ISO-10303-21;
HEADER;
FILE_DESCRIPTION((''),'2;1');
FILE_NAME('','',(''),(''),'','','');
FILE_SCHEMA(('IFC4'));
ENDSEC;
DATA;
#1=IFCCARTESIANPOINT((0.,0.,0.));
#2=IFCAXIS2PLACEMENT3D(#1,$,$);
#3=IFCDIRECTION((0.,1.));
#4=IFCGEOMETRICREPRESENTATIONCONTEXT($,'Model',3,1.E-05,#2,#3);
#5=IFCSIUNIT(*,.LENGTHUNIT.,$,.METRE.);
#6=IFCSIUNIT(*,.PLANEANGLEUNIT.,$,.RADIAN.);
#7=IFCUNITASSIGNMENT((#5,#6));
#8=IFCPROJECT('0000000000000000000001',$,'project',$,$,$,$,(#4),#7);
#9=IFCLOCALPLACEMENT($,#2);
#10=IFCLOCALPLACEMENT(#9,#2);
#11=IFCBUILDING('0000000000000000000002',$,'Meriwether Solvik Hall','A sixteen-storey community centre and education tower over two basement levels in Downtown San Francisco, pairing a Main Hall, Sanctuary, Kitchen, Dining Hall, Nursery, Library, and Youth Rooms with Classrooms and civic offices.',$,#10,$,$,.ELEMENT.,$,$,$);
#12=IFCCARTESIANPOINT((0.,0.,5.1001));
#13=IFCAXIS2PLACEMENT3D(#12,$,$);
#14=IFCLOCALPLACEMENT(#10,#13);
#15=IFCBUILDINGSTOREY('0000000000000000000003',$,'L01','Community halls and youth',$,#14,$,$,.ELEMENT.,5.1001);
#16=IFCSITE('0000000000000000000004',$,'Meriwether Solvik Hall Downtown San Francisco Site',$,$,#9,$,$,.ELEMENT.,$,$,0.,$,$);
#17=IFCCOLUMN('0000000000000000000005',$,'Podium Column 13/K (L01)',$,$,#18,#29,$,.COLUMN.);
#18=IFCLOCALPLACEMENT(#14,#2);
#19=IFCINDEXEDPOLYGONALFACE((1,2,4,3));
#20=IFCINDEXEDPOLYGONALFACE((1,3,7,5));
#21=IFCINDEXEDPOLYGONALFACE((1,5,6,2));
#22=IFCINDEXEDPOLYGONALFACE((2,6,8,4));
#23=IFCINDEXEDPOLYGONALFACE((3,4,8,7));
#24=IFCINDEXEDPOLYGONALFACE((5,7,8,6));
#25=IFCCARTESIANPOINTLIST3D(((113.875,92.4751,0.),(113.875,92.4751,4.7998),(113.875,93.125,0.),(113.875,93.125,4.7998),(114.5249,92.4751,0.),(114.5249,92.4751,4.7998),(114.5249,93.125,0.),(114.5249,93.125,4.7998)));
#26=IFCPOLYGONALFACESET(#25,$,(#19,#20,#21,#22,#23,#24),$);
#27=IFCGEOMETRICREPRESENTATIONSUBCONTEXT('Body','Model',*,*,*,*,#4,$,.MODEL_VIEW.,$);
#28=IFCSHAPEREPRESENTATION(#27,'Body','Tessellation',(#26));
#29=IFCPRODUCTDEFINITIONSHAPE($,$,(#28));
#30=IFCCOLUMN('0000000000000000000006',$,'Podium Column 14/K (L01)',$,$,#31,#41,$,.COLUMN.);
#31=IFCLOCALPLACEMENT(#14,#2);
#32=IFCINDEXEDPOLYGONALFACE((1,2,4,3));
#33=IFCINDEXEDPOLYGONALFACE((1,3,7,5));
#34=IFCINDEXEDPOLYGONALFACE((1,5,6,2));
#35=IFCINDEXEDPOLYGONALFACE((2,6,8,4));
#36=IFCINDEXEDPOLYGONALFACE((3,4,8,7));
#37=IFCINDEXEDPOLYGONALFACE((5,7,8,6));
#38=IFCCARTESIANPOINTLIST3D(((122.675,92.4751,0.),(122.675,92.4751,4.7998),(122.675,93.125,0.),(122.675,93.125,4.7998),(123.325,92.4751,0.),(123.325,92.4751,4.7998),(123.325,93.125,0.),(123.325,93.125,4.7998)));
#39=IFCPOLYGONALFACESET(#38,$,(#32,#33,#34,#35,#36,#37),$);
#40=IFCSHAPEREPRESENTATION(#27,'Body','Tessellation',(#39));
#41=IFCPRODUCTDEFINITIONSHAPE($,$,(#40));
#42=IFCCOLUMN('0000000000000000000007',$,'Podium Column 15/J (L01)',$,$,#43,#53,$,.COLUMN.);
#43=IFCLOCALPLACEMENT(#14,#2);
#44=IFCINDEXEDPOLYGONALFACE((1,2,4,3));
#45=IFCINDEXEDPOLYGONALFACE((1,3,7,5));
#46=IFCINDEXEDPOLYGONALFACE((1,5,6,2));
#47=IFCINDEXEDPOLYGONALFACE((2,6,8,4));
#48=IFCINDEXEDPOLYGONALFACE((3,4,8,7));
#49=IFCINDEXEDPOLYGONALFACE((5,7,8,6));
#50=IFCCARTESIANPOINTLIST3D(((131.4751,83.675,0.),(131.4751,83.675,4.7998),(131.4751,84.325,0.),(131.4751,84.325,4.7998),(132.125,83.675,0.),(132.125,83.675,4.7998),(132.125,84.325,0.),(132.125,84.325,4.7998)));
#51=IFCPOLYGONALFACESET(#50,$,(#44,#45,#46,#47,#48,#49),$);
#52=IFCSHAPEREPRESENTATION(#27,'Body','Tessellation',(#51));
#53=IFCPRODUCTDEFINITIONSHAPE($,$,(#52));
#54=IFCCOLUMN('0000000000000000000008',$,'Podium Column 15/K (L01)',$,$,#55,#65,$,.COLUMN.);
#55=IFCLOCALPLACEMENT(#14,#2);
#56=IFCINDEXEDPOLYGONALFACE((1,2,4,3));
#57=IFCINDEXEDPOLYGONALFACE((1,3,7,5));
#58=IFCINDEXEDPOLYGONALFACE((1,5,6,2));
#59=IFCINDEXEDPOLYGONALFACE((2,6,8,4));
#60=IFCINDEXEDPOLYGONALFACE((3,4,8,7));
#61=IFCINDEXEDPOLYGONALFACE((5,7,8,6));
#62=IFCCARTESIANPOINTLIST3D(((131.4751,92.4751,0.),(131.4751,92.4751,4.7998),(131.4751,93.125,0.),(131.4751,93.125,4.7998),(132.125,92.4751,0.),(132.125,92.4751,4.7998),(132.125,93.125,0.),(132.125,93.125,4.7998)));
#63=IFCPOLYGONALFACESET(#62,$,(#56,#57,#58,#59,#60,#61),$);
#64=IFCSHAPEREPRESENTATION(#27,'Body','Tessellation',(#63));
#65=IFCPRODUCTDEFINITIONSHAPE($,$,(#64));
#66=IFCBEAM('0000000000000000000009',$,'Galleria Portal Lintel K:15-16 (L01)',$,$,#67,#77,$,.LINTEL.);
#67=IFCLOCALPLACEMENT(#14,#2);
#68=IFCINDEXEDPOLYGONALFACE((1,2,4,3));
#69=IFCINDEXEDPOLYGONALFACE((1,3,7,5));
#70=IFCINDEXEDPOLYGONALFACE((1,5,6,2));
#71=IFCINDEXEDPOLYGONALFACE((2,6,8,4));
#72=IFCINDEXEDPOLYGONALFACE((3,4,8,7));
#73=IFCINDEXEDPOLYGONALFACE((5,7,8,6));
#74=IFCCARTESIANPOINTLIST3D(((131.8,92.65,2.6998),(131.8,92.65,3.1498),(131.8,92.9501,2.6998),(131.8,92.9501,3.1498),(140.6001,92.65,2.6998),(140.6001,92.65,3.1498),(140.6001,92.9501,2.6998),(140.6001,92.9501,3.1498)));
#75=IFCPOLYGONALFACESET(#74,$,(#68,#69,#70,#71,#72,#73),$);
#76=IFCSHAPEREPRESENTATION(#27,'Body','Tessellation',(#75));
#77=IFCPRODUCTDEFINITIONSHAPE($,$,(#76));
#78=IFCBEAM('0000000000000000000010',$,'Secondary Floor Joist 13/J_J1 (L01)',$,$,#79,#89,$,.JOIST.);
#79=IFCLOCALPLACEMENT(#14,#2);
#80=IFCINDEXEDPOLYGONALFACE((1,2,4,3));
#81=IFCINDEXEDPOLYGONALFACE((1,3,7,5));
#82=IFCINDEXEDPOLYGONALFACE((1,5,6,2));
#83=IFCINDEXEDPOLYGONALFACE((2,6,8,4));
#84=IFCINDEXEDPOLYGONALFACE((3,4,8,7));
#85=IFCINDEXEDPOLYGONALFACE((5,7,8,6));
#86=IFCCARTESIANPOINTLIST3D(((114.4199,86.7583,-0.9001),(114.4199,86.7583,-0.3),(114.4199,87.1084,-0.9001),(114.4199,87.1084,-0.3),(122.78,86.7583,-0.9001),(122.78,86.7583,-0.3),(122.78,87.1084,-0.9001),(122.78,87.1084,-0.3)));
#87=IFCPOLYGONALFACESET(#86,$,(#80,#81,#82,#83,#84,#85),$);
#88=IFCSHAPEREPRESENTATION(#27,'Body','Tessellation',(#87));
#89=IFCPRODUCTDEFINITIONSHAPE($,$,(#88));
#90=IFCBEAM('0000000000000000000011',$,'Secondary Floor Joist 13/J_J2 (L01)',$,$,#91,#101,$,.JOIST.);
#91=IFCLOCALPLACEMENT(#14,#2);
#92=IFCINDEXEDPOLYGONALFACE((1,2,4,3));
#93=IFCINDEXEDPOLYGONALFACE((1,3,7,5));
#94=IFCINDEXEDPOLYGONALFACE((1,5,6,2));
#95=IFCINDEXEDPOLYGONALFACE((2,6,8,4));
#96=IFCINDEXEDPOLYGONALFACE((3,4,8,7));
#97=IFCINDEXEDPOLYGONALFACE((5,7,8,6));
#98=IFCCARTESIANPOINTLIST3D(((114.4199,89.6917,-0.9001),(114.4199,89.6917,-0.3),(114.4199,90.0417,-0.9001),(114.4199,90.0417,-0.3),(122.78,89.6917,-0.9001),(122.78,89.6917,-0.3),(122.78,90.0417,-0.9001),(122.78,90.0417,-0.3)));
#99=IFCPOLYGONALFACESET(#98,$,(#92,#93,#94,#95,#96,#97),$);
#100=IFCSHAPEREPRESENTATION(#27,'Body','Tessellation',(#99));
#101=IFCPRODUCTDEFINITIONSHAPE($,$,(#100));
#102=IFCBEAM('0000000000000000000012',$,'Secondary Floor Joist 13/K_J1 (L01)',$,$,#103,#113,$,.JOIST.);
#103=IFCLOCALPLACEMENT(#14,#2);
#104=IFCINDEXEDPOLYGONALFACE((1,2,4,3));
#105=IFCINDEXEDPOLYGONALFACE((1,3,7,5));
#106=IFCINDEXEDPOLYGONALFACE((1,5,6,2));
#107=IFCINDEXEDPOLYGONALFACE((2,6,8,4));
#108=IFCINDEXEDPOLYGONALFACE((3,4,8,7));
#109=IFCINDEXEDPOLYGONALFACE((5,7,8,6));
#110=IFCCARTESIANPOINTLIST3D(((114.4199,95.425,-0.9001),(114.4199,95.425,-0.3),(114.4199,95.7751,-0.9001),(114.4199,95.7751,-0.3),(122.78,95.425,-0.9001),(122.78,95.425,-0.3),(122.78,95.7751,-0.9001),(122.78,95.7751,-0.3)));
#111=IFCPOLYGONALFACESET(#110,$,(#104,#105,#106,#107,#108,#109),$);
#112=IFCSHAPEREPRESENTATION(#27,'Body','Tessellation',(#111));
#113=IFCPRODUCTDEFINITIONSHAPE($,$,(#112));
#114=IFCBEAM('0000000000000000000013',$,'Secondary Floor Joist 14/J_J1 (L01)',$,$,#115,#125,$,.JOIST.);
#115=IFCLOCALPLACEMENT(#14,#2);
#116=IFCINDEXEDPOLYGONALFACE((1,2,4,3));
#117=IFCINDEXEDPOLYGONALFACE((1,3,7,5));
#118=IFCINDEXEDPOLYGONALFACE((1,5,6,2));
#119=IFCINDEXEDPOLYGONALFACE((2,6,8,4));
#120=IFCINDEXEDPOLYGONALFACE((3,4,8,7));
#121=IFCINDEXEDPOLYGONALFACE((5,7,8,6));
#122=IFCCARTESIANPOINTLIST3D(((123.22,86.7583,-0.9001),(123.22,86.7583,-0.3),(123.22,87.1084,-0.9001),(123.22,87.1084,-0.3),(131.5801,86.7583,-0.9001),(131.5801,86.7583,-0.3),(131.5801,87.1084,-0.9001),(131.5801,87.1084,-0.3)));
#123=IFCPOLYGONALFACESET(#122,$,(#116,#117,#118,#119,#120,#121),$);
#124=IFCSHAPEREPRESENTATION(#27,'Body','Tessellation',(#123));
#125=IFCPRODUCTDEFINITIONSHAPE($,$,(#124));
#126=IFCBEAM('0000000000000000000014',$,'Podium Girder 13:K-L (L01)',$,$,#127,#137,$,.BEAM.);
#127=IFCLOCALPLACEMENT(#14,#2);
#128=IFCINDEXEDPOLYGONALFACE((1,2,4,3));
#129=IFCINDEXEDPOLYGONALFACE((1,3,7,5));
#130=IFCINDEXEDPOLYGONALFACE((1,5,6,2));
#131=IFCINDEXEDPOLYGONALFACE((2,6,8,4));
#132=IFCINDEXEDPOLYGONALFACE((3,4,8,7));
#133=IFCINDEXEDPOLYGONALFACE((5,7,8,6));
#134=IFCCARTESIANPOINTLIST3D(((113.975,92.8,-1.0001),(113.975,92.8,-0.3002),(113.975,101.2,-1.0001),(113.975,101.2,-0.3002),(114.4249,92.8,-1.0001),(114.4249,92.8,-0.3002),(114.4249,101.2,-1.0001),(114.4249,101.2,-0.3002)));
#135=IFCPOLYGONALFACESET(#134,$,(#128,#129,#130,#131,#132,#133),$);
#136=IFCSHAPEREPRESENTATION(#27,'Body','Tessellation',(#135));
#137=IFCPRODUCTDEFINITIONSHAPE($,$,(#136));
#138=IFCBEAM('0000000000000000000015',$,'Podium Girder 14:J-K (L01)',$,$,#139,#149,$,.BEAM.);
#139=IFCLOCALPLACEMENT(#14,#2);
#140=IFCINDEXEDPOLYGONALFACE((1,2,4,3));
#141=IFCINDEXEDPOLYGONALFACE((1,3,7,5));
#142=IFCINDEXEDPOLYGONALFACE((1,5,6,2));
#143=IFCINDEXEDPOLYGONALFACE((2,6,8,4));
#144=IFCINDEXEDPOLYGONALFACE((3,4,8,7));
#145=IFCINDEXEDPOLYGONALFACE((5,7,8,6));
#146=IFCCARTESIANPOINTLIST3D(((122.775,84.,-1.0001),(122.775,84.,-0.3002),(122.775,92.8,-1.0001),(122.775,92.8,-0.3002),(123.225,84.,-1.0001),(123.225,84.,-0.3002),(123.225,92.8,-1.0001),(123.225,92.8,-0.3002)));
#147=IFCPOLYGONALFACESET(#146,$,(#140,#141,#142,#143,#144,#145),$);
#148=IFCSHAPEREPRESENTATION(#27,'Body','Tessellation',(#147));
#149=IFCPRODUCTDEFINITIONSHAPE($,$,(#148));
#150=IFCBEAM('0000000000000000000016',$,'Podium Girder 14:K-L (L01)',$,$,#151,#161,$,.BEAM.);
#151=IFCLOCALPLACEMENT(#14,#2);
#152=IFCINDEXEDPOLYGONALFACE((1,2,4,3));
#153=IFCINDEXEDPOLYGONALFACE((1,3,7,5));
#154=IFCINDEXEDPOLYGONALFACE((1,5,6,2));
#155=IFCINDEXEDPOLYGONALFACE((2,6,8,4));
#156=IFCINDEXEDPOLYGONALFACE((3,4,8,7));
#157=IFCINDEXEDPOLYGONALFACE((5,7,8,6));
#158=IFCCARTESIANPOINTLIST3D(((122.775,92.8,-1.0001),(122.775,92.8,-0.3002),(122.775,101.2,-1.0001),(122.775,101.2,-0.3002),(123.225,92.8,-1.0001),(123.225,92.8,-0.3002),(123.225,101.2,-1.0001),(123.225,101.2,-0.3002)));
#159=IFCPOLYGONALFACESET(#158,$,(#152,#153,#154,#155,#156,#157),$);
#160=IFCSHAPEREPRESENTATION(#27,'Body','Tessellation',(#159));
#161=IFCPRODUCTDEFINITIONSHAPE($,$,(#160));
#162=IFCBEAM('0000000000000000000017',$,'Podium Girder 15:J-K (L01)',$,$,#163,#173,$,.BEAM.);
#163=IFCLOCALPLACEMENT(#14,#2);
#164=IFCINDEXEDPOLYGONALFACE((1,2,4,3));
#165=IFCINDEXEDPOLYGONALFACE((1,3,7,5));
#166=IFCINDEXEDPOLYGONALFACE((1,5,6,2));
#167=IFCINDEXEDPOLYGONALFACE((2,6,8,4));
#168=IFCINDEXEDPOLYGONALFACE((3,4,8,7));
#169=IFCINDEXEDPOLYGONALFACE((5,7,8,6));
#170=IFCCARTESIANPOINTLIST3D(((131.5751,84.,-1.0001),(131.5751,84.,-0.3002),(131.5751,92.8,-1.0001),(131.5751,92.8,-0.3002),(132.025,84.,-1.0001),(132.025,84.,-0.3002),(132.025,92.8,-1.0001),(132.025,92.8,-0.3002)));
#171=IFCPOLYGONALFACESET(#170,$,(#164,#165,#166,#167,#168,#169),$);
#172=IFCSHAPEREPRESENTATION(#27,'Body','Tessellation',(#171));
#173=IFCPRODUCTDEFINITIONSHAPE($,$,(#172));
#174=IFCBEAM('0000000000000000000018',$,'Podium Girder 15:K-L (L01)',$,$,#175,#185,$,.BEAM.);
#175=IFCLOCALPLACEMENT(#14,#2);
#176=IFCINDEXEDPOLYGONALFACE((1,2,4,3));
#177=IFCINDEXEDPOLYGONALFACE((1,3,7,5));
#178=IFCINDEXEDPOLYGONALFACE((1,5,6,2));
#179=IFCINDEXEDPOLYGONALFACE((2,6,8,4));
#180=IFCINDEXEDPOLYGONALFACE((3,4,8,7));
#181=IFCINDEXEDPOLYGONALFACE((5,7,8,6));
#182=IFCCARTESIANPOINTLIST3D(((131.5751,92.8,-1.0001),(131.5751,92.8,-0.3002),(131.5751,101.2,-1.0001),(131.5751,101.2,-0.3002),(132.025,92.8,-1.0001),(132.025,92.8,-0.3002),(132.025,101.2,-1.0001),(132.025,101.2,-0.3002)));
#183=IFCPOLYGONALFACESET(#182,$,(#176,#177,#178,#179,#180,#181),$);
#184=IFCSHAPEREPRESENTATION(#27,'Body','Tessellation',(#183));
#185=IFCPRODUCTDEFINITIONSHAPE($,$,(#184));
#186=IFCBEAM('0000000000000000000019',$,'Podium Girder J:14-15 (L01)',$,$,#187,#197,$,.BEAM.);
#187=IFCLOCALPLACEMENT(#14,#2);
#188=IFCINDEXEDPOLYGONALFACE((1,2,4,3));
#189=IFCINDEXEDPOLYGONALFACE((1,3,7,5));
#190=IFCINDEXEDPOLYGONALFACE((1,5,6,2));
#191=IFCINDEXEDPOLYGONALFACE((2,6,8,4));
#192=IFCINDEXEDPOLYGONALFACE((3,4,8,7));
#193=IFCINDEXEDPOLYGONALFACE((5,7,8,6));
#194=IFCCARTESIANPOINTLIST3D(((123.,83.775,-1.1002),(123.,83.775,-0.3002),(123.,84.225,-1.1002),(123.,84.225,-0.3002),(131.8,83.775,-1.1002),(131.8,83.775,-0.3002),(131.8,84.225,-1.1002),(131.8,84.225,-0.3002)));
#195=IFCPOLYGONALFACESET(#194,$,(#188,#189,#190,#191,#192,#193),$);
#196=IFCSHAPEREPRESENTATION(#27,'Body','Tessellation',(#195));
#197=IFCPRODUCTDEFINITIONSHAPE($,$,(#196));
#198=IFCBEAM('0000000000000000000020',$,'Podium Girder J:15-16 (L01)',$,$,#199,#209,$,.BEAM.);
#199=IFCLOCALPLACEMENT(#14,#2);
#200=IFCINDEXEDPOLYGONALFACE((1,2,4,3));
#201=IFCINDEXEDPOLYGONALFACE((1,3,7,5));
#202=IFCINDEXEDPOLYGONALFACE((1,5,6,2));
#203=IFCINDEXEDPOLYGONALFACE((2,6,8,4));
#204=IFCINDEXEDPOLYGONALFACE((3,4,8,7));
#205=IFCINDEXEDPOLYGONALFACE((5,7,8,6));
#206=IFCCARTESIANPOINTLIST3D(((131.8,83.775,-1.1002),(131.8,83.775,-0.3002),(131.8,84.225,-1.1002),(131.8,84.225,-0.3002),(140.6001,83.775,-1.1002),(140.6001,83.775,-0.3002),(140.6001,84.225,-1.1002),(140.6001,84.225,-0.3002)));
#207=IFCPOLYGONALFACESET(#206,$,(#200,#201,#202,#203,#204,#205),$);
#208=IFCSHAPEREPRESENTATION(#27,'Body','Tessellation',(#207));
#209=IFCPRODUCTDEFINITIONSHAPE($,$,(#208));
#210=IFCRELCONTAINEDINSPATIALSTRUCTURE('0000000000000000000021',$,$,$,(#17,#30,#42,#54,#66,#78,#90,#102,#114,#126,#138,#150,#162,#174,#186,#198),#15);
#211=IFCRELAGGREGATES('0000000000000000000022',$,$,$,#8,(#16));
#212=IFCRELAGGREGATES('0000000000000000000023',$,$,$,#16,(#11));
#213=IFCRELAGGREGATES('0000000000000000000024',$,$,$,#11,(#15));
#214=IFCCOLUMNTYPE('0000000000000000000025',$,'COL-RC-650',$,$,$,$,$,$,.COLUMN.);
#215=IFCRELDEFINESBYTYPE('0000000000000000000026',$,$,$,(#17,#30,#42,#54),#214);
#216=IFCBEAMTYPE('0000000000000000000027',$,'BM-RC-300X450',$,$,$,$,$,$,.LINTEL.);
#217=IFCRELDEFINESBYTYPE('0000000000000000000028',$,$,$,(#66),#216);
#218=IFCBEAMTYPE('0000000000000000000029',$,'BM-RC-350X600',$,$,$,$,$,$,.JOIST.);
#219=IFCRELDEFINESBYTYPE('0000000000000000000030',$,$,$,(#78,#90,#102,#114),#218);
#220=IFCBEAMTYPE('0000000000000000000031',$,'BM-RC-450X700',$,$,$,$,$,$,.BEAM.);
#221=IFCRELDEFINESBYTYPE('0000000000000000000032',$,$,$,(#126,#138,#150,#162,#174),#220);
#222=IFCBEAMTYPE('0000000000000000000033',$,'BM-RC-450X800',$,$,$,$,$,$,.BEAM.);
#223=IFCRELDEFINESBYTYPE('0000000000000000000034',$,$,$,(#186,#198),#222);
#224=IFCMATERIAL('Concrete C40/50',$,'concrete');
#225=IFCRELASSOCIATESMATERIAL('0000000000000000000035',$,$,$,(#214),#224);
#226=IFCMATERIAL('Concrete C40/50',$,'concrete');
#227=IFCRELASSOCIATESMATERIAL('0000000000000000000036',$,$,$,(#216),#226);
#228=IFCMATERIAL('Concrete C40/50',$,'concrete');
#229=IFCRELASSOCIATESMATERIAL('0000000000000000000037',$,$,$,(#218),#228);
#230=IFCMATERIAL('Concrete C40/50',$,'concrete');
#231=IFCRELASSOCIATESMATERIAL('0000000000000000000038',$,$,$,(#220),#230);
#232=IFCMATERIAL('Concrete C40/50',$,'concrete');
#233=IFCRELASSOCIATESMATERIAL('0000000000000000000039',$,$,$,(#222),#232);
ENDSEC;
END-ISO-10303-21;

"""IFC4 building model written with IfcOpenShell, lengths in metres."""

from ifc_helpers import new_model, si_unit, direction, frame, origin, origin_2d, place, context, subcontext, project, spatial, rectangle, extrude, material, material_profile, profile_set, type_object, element, save


model = new_model("IFC4")

# Units and contexts
model_context = context("Model", 3, precision=1e-05, world=origin(), true_north=direction((0.0, 1.0)))
body_context = subcontext(model_context, "Body", "Model", "MODEL_VIEW")
ifc_project = project(units=[si_unit("LENGTHUNIT", "METRE"), si_unit("PLANEANGLEUNIT", "RADIAN")], contexts=[model_context])

# Site, building, storey
site_placement = place(None, origin())
site = spatial("IfcSite", under=ifc_project, at=site_placement, Name="Meriwether Solvik Hall Downtown San Francisco Site", CompositionType="ELEMENT", RefElevation=0.0)
building_placement = place(site_placement, origin())
building = spatial("IfcBuilding", under=site, at=building_placement, Name="Meriwether Solvik Hall", Description="A sixteen-storey community centre and education tower over two basement levels in Downtown San Francisco, pairing a Main Hall, Sanctuary, Kitchen, Dining Hall, Nursery, Library, and Youth Rooms with Classrooms and civic offices.", CompositionType="ELEMENT")
storey_placement = place(building_placement, frame((0.0, 0.0, 5.1001)))
storey = spatial("IfcBuildingStorey", under=building, at=storey_placement, Name="L01", Description="Community halls and youth", CompositionType="ELEMENT", Elevation=5.1001)

# Columns
ifc_material_1 = material(Name="Concrete C40/50", Category="concrete")
ifc_material_profile_1 = material_profile(ifc_material_1, rectangle(XDim=0.6499, YDim=0.6499, at=origin_2d()), Name="RCC-650X650")
ifc_profile_set_1 = profile_set([ifc_material_profile_1], Name="Concrete C40/50")
column_type = type_object("IfcColumnType", Name="COL-RC-650", PredefinedType="COLUMN", material=ifc_profile_set_1)
for number, where, z_axis, x_axis, name in (
    (1, (114.2, 92.8, 0.0), (0.0, 0.0, 1.0), (1.0, 0.0, 0.0), "Podium Column 13/K (L01)"),
    (2, (123.0, 92.8, 0.0), (0.0, 0.0, 1.0), (1.0, 0.0, 0.0), "Podium Column 14/K (L01)"),
    (3, (131.8, 84.0, 0.0), (0.0, 0.0, 1.0), (1.0, 0.0, 0.0), "Podium Column 15/J (L01)"),
    (4, (131.8, 92.8, 0.0), (0.0, 0.0, 1.0), (1.0, 0.0, 0.0), "Podium Column 15/K (L01)"),
):
    element("IfcColumn", number, at=place(storey_placement, frame(where, z_axis=z_axis, x_axis=x_axis)), inside=storey, type_object=column_type, Name=name, PredefinedType="COLUMN", context=body_context, shape_type="SweptSolid", body=[
        extrude(rectangle(XDim=0.6499, YDim=0.6499, at=origin_2d()), origin(), (0.0, 0.0, 1.0), 4.7998),
    ])

# Beams
ifc_material_2 = material(Name="Concrete C40/50", Category="concrete")
ifc_material_profile_2 = material_profile(ifc_material_2, rectangle(XDim=0.3, YDim=0.45, at=origin_2d()), Name="RCB-300X450")
ifc_profile_set_2 = profile_set([ifc_material_profile_2], Name="Concrete C40/50")
beam_type_1 = type_object("IfcBeamType", Name="BM-RC-300X450", PredefinedType="LINTEL", material=ifc_profile_set_2)
beam_1_placement = place(storey_placement, frame((131.8, 92.8, 2.9248), z_axis=(1.0, 0.0, 0.0), x_axis=(0.0, 1.0, 0.0)))
element("IfcBeam", 5, at=beam_1_placement, inside=storey, type_object=beam_type_1, Name="Galleria Portal Lintel K:15-16 (L01)", PredefinedType="LINTEL", context=body_context, shape_type="SweptSolid", body=[
    extrude(rectangle(XDim=0.3, YDim=0.45, at=origin_2d()), origin(), (0.0, 0.0, 1.0), 8.8),
])
ifc_material_3 = material(Name="Concrete C40/50", Category="concrete")
ifc_material_profile_3 = material_profile(ifc_material_3, rectangle(XDim=0.3501, YDim=0.6001, at=origin_2d()), Name="RCB-350X600")
ifc_profile_set_3 = profile_set([ifc_material_profile_3], Name="Concrete C40/50")
beam_type_2 = type_object("IfcBeamType", Name="BM-RC-350X600", PredefinedType="JOIST", material=ifc_profile_set_3)
for number, where, z_axis, x_axis, name in (
    (6, (114.4199, 86.9333, -0.6001), (1.0, 0.0, 0.0), (0.0, 1.0, 0.0), "Secondary Floor Joist 13/J_J1 (L01)"),
    (7, (114.4199, 89.8667, -0.6001), (1.0, 0.0, 0.0), (0.0, 1.0, 0.0), "Secondary Floor Joist 13/J_J2 (L01)"),
    (8, (114.4199, 95.6001, -0.6001), (1.0, 0.0, 0.0), (0.0, 1.0, 0.0), "Secondary Floor Joist 13/K_J1 (L01)"),
    (9, (123.22, 86.9333, -0.6001), (1.0, 0.0, 0.0), (0.0, 1.0, 0.0), "Secondary Floor Joist 14/J_J1 (L01)"),
):
    element("IfcBeam", number, at=place(storey_placement, frame(where, z_axis=z_axis, x_axis=x_axis)), inside=storey, type_object=beam_type_2, Name=name, PredefinedType="JOIST", context=body_context, shape_type="SweptSolid", body=[
        extrude(rectangle(XDim=0.3501, YDim=0.6001, at=origin_2d()), origin(), (0.0, 0.0, 1.0), 8.3601),
    ])
ifc_material_4 = material(Name="Concrete C40/50", Category="concrete")
ifc_material_profile_4 = material_profile(ifc_material_4, rectangle(XDim=0.45, YDim=0.7, at=origin_2d()), Name="RCB-450X700")
ifc_profile_set_4 = profile_set([ifc_material_profile_4], Name="Concrete C40/50")
beam_type_3 = type_object("IfcBeamType", Name="BM-RC-450X700", PredefinedType="BEAM", material=ifc_profile_set_4)
beam_2_placement = place(storey_placement, frame((114.2, 92.8, -0.6501), z_axis=(0.0, 1.0, 0.0), x_axis=(-1.0, 0.0, 0.0)))
element("IfcBeam", 10, at=beam_2_placement, inside=storey, type_object=beam_type_3, Name="Podium Girder 13:K-L (L01)", PredefinedType="BEAM", context=body_context, shape_type="SweptSolid", body=[
    extrude(rectangle(XDim=0.45, YDim=0.7, at=origin_2d()), origin(), (0.0, 0.0, 1.0), 8.3999),
])
beam_3_placement = place(storey_placement, frame((123.0, 84.0, -0.6501), z_axis=(0.0, 1.0, 0.0), x_axis=(-1.0, 0.0, 0.0)))
element("IfcBeam", 11, at=beam_3_placement, inside=storey, type_object=beam_type_3, Name="Podium Girder 14:J-K (L01)", PredefinedType="BEAM", context=body_context, shape_type="SweptSolid", body=[
    extrude(rectangle(XDim=0.45, YDim=0.7, at=origin_2d()), origin(), (0.0, 0.0, 1.0), 8.8),
])
beam_4_placement = place(storey_placement, frame((123.0, 92.8, -0.6501), z_axis=(0.0, 1.0, 0.0), x_axis=(-1.0, 0.0, 0.0)))
element("IfcBeam", 12, at=beam_4_placement, inside=storey, type_object=beam_type_3, Name="Podium Girder 14:K-L (L01)", PredefinedType="BEAM", context=body_context, shape_type="SweptSolid", body=[
    extrude(rectangle(XDim=0.45, YDim=0.7, at=origin_2d()), origin(), (0.0, 0.0, 1.0), 8.3999),
])
beam_5_placement = place(storey_placement, frame((131.8, 84.0, -0.6501), z_axis=(0.0, 1.0, 0.0), x_axis=(-1.0, 0.0, 0.0)))
element("IfcBeam", 13, at=beam_5_placement, inside=storey, type_object=beam_type_3, Name="Podium Girder 15:J-K (L01)", PredefinedType="BEAM", context=body_context, shape_type="SweptSolid", body=[
    extrude(rectangle(XDim=0.45, YDim=0.7, at=origin_2d()), origin(), (0.0, 0.0, 1.0), 8.8),
])
beam_6_placement = place(storey_placement, frame((131.8, 92.8, -0.6501), z_axis=(0.0, 1.0, 0.0), x_axis=(-1.0, 0.0, 0.0)))
element("IfcBeam", 14, at=beam_6_placement, inside=storey, type_object=beam_type_3, Name="Podium Girder 15:K-L (L01)", PredefinedType="BEAM", context=body_context, shape_type="SweptSolid", body=[
    extrude(rectangle(XDim=0.45, YDim=0.7, at=origin_2d()), origin(), (0.0, 0.0, 1.0), 8.3999),
])
ifc_material_5 = material(Name="Concrete C40/50", Category="concrete")
ifc_material_profile_5 = material_profile(ifc_material_5, rectangle(XDim=0.45, YDim=0.8, at=origin_2d()), Name="RCB-450X800")
ifc_profile_set_5 = profile_set([ifc_material_profile_5], Name="Concrete C40/50")
beam_type_4 = type_object("IfcBeamType", Name="BM-RC-450X800", PredefinedType="BEAM", material=ifc_profile_set_5)
for number, where, z_axis, x_axis, name in (
    (15, (123.0, 84.0, -0.7002), (1.0, 0.0, 0.0), (0.0, 1.0, 0.0), "Podium Girder J:14-15 (L01)"),
    (16, (131.8, 84.0, -0.7002), (1.0, 0.0, 0.0), (0.0, 1.0, 0.0), "Podium Girder J:15-16 (L01)"),
):
    element("IfcBeam", number, at=place(storey_placement, frame(where, z_axis=z_axis, x_axis=x_axis)), inside=storey, type_object=beam_type_4, Name=name, PredefinedType="BEAM", context=body_context, shape_type="SweptSolid", body=[
        extrude(rectangle(XDim=0.45, YDim=0.8, at=origin_2d()), origin(), (0.0, 0.0, 1.0), 8.8),
    ])

save(model, "model.ifc")
